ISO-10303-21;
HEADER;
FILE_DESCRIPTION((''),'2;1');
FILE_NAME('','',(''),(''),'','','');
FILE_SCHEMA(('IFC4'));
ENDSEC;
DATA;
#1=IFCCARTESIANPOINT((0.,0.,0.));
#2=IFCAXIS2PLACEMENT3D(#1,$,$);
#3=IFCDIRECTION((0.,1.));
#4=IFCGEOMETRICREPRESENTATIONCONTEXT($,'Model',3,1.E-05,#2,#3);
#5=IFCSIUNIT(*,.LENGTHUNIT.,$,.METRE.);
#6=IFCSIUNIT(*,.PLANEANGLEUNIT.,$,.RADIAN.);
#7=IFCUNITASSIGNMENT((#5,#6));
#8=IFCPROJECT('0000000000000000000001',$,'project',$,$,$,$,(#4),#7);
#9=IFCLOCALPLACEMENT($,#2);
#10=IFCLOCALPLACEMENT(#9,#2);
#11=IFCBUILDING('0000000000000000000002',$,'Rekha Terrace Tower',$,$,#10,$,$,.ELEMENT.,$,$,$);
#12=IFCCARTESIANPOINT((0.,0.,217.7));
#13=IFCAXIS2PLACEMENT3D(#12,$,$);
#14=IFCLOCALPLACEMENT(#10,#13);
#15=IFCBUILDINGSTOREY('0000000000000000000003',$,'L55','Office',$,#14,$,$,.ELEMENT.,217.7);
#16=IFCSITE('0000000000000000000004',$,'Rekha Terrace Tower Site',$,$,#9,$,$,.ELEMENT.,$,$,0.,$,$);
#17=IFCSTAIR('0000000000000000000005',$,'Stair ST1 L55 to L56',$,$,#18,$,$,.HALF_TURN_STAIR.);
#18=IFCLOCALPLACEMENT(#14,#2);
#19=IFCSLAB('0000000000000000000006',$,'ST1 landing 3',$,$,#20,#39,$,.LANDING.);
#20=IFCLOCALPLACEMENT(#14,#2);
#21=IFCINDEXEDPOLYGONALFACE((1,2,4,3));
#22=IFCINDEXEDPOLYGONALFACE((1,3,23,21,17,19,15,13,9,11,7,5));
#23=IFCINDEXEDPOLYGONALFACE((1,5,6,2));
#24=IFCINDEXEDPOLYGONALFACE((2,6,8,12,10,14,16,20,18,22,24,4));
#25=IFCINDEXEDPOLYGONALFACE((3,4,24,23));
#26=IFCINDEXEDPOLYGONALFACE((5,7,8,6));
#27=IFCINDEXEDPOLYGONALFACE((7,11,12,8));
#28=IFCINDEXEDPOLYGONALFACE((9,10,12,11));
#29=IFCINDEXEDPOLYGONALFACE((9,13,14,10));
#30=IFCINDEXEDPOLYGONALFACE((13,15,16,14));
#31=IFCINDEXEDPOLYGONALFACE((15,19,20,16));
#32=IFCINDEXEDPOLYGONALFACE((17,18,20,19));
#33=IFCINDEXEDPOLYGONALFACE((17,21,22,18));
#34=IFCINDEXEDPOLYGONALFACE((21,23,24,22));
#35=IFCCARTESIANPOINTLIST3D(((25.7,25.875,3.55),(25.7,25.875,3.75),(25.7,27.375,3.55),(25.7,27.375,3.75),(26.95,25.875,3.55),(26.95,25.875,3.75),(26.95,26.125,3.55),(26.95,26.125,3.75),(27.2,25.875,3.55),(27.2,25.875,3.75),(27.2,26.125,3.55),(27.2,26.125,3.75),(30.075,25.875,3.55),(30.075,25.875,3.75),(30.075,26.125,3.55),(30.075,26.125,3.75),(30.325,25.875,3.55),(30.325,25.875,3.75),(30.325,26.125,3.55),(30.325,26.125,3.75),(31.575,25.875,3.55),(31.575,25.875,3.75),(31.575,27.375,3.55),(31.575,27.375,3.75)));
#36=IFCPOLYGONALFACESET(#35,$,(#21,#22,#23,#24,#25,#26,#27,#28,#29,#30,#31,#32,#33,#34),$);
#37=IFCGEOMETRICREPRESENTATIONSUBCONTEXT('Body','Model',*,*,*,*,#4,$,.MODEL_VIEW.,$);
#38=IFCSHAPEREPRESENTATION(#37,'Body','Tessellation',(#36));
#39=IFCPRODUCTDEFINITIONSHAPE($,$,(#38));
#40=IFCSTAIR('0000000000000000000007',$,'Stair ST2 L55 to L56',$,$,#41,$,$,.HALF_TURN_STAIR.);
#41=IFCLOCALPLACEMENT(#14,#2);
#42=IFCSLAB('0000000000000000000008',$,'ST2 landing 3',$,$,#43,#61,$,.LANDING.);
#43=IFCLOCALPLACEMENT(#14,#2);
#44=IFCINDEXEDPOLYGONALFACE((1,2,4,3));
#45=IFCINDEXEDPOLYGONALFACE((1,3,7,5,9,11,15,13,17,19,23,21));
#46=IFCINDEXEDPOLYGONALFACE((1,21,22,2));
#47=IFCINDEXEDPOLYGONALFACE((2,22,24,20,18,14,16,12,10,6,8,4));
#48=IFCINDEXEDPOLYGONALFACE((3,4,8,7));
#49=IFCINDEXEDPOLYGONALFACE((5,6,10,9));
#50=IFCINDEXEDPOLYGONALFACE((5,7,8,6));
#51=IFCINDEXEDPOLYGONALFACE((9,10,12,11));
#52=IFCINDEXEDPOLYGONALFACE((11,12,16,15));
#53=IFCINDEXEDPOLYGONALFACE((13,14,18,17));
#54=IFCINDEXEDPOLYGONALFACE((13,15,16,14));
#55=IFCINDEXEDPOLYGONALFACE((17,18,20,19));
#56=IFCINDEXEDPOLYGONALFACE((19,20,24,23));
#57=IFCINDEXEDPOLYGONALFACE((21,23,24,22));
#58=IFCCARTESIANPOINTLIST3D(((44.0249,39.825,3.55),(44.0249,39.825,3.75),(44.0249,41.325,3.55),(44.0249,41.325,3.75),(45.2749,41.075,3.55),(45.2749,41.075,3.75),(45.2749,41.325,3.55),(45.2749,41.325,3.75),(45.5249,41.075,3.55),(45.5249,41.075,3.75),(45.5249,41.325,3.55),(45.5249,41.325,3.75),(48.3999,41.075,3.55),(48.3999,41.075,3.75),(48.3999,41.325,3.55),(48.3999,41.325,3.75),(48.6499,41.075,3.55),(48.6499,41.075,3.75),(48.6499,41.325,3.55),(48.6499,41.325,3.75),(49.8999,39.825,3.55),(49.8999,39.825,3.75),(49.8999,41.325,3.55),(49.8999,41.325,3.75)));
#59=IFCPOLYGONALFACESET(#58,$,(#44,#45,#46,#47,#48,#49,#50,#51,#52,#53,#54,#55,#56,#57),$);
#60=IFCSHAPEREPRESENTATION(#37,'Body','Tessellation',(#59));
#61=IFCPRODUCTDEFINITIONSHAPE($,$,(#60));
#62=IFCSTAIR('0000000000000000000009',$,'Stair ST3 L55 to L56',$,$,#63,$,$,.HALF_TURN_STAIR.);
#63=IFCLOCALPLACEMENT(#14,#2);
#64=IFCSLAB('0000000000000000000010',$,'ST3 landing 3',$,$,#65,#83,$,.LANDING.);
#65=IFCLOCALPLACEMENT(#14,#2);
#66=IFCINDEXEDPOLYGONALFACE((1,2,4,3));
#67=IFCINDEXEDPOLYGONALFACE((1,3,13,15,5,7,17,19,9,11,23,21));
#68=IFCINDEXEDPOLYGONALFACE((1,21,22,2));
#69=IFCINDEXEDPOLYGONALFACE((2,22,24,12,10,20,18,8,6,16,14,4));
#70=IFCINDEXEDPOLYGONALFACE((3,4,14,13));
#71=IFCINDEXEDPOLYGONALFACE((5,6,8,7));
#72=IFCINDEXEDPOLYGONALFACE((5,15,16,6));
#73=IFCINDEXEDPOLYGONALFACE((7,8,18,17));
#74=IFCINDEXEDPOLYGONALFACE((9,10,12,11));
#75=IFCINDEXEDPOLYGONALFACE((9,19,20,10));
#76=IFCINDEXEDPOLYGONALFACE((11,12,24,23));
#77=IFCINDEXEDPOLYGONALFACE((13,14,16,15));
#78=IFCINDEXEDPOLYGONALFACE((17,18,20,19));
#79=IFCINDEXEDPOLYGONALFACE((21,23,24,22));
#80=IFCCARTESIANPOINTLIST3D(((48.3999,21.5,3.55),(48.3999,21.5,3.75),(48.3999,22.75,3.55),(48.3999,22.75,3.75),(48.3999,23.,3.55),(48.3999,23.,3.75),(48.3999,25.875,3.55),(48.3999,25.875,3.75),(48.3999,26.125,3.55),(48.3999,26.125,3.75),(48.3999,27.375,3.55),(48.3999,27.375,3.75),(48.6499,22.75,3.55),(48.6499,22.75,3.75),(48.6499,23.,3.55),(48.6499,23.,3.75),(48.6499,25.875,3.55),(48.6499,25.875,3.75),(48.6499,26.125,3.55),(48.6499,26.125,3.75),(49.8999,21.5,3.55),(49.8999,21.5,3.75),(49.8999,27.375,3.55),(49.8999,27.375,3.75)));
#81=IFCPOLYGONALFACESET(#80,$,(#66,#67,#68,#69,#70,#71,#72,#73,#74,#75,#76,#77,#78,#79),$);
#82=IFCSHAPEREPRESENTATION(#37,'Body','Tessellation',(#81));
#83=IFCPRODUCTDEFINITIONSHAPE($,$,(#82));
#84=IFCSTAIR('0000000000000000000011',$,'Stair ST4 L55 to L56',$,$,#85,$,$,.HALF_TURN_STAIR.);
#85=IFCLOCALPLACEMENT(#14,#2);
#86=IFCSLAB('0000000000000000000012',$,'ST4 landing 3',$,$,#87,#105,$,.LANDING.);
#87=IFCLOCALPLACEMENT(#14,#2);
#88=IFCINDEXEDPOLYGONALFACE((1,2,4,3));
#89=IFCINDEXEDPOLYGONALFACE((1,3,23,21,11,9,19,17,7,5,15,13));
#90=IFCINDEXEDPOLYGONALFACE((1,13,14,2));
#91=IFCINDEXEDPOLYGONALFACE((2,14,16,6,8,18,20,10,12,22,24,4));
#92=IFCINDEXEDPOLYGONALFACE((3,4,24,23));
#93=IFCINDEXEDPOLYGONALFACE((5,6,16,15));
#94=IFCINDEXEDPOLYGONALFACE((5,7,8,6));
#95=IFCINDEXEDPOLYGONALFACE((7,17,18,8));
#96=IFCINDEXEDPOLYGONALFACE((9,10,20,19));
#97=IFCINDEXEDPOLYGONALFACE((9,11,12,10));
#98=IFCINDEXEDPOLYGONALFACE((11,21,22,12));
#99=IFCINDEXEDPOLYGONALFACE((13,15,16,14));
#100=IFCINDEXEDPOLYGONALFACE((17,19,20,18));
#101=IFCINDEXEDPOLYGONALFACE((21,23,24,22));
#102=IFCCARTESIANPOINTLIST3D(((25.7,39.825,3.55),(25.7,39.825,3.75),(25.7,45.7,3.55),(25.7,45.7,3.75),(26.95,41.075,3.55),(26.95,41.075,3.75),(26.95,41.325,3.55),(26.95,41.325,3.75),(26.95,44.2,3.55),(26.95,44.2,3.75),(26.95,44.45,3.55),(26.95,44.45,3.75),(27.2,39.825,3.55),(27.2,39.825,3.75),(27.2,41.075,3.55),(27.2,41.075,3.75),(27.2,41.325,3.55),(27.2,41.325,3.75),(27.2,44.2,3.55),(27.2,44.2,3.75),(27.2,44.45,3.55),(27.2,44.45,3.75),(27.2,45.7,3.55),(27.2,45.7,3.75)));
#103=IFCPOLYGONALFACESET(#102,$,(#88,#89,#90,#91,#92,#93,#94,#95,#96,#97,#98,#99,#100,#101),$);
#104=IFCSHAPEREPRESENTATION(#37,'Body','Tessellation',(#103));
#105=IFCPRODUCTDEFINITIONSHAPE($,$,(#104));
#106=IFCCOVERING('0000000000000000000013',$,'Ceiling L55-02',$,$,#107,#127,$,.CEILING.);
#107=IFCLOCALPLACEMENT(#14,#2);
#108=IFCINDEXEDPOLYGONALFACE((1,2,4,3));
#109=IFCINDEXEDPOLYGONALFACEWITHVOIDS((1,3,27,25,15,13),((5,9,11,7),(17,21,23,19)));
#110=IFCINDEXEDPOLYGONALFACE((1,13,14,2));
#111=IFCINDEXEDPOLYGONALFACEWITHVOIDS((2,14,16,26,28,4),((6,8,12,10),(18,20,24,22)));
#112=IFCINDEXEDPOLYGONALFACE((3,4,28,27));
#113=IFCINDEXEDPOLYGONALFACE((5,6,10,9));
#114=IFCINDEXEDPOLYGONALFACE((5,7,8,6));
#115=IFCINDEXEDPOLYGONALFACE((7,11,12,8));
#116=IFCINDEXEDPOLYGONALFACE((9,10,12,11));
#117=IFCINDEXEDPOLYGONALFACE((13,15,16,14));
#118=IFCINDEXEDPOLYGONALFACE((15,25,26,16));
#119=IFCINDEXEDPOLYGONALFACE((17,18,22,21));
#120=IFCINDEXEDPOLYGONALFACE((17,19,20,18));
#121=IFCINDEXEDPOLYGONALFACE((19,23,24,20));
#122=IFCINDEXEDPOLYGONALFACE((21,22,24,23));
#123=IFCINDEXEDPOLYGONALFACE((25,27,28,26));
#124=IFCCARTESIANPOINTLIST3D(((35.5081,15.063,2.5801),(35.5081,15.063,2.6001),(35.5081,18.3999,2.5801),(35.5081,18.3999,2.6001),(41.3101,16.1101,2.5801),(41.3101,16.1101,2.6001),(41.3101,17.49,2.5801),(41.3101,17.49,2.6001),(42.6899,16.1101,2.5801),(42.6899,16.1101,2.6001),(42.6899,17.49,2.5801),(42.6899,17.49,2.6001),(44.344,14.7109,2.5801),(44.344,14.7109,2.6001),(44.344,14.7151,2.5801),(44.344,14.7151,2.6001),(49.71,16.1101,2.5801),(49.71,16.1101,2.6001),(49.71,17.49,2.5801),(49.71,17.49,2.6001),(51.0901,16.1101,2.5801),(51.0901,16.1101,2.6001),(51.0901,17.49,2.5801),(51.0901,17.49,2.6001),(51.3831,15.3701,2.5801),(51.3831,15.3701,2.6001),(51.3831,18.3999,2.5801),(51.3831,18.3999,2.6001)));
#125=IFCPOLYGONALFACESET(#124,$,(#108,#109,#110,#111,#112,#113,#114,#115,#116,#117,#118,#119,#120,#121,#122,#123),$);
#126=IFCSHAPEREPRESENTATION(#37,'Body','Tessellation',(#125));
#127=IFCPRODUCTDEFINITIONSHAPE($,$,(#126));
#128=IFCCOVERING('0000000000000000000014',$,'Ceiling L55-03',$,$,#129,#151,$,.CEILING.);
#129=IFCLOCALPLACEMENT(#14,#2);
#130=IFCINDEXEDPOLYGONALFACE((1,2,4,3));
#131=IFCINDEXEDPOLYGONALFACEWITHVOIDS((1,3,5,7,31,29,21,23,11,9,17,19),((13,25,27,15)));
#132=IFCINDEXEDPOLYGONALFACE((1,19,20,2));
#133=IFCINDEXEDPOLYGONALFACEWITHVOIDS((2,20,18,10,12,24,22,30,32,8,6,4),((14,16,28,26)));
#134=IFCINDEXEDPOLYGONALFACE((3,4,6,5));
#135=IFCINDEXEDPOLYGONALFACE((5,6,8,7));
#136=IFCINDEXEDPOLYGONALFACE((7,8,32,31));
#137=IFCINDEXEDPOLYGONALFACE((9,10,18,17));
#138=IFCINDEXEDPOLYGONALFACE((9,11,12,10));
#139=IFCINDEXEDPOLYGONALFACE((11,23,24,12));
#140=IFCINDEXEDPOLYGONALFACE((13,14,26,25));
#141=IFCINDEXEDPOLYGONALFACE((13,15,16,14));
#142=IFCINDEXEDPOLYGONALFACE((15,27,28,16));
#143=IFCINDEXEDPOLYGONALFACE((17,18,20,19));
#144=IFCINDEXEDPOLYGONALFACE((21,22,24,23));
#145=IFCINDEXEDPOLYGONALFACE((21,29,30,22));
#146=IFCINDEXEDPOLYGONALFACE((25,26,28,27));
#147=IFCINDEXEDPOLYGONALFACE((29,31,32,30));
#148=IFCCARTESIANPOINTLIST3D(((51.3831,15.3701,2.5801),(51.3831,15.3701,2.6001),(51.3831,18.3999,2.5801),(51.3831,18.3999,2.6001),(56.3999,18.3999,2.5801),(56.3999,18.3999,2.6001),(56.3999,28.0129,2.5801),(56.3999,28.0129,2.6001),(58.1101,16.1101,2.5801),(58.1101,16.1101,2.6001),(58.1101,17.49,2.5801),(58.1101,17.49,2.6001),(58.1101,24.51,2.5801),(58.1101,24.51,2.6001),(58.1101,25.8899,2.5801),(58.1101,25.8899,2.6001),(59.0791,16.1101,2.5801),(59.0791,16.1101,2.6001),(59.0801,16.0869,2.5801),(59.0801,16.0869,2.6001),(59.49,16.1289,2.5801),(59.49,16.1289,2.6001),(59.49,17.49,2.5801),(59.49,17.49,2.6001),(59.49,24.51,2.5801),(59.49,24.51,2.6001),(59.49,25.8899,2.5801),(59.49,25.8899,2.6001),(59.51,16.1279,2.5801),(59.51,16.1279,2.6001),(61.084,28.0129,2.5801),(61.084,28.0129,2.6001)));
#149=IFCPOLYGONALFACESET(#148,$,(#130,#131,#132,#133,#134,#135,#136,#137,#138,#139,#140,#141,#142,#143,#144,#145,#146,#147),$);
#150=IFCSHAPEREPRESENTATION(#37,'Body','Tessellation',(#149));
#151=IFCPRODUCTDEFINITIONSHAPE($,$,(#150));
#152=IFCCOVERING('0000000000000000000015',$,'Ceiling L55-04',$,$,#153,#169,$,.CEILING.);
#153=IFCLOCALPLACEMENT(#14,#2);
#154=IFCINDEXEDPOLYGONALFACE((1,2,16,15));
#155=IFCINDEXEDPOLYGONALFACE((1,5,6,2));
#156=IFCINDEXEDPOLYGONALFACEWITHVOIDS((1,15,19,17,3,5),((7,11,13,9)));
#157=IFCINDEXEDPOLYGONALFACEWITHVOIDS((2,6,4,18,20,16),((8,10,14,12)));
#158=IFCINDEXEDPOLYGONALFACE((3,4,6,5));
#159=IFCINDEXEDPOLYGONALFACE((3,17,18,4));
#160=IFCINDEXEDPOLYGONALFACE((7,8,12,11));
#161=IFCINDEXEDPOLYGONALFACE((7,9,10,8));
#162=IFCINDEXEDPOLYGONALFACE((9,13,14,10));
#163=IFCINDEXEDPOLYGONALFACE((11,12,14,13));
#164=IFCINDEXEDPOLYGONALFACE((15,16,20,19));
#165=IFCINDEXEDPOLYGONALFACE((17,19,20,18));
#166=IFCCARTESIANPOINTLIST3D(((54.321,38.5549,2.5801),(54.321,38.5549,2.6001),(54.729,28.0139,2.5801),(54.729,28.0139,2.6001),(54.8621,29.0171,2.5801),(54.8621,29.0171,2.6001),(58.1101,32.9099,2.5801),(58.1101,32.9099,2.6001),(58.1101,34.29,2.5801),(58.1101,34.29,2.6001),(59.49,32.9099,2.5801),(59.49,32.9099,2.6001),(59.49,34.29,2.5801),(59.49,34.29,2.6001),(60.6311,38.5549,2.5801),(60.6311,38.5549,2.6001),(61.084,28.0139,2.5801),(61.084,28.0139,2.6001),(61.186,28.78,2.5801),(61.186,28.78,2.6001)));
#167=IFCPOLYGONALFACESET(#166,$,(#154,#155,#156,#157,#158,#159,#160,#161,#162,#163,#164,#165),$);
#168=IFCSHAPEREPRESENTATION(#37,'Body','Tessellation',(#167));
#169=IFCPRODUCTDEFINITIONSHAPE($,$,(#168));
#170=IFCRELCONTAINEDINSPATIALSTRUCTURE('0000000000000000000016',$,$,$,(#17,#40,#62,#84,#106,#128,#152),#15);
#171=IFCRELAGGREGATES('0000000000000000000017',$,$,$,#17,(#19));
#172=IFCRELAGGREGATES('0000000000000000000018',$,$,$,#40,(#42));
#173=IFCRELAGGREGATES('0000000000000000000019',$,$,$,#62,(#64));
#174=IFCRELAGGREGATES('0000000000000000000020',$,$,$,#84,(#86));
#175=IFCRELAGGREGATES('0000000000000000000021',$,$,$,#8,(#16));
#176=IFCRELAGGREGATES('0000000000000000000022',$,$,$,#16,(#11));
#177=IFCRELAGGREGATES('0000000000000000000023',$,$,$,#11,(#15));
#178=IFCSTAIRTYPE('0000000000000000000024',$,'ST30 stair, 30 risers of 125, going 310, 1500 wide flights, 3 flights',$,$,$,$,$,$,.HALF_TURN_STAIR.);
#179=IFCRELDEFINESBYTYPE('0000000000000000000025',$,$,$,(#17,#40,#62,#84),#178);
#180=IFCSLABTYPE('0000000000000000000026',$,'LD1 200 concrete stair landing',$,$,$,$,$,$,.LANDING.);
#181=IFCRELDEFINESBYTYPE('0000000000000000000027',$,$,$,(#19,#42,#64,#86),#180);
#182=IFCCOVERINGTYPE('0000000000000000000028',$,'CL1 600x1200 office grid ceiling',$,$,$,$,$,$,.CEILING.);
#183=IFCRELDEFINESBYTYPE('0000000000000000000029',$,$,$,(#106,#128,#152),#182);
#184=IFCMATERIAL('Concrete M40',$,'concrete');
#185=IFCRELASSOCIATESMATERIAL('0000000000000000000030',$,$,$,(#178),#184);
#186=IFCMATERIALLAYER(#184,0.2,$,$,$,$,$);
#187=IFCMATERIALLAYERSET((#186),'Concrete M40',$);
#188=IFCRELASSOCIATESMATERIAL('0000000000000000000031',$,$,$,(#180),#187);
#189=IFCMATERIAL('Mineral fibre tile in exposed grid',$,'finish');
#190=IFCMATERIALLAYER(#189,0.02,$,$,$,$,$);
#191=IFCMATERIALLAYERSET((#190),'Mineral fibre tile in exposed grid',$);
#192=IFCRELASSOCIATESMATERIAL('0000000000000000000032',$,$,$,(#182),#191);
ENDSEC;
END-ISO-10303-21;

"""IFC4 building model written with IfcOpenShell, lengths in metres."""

from ifc_helpers import new_model, si_unit, direction, frame, origin, place, context, subcontext, project, spatial, polyline, outline, extrude, material, layer, layer_set, type_object, element, aggregate, save


model = new_model("IFC4")

# Units and contexts
model_context = context("Model", 3, precision=1e-05, world=origin(), true_north=direction((0.0, 1.0)))
body_context = subcontext(model_context, "Body", "Model", "MODEL_VIEW")
ifc_project = project(units=[si_unit("LENGTHUNIT", "METRE"), si_unit("PLANEANGLEUNIT", "RADIAN")], contexts=[model_context])

# Site, building, storey
site_placement = place(None, origin())
site = spatial("IfcSite", under=ifc_project, at=site_placement, Name="Rekha Terrace Tower Site", CompositionType="ELEMENT", RefElevation=0.0)
building_placement = place(site_placement, origin())
building = spatial("IfcBuilding", under=site, at=building_placement, Name="Rekha Terrace Tower", CompositionType="ELEMENT")
storey_placement = place(building_placement, frame((0.0, 0.0, 217.7)))
storey = spatial("IfcBuildingStorey", under=building, at=storey_placement, Name="L55", Description="Office", CompositionType="ELEMENT", Elevation=217.7)

# Stairs, slabs
ifc_material_1 = material(Name="Concrete M40", Category="concrete")
stair_type = type_object("IfcStairType", Name="ST30 stair, 30 risers of 125, going 310, 1500 wide flights, 3 flights", PredefinedType="HALF_TURN_STAIR", material=ifc_material_1)
stair_1_placement = place(storey_placement, origin())
stair_1 = element("IfcStair", 1, at=stair_1_placement, inside=storey, type_object=stair_type, Name="Stair ST1 L55 to L56", PredefinedType="HALF_TURN_STAIR")
ifc_layer_1 = layer(ifc_material_1, 0.2)
ifc_layer_set_1 = layer_set([ifc_layer_1], Name="Concrete M40")
slab_type = type_object("IfcSlabType", Name="LD1 200 concrete stair landing", PredefinedType="LANDING", material=ifc_layer_set_1)
slab_1_placement = place(storey_placement, frame((0.0, 0.0, 3.55)))
slab_1 = element("IfcSlab", 2, at=slab_1_placement, type_object=slab_type, Name="ST1 landing 3", PredefinedType="LANDING", context=body_context, shape_type="SweptSolid", body=[
    extrude(outline(polyline([(31.575, 25.875), (31.575, 27.375), (25.7, 27.375), (25.7, 25.875), (26.95, 25.875), (26.95, 26.125), (27.2, 26.125), (27.2, 25.875), (30.075, 25.875), (30.075, 26.125), (30.325, 26.125), (30.325, 25.875), (31.575, 25.875)])), origin(), (0.0, 0.0, 1.0), 0.2),
])
aggregate(stair_1, [slab_1])
stair_2_placement = place(storey_placement, origin())
stair_2 = element("IfcStair", 3, at=stair_2_placement, inside=storey, type_object=stair_type, Name="Stair ST2 L55 to L56", PredefinedType="HALF_TURN_STAIR")
slab_2_placement = place(storey_placement, frame((0.0, 0.0, 3.55)))
slab_2 = element("IfcSlab", 4, at=slab_2_placement, type_object=slab_type, Name="ST2 landing 3", PredefinedType="LANDING", context=body_context, shape_type="SweptSolid", body=[
    extrude(outline(polyline([(44.0249, 41.325), (44.0249, 39.825), (49.8999, 39.825), (49.8999, 41.325), (48.6499, 41.325), (48.6499, 41.075), (48.3999, 41.075), (48.3999, 41.325), (45.5249, 41.325), (45.5249, 41.075), (45.2749, 41.075), (45.2749, 41.325), (44.0249, 41.325)])), origin(), (0.0, 0.0, 1.0), 0.2),
])
aggregate(stair_2, [slab_2])
stair_3_placement = place(storey_placement, origin())
stair_3 = element("IfcStair", 5, at=stair_3_placement, inside=storey, type_object=stair_type, Name="Stair ST3 L55 to L56", PredefinedType="HALF_TURN_STAIR")
slab_3_placement = place(storey_placement, frame((0.0, 0.0, 3.55)))
slab_3 = element("IfcSlab", 6, at=slab_3_placement, type_object=slab_type, Name="ST3 landing 3", PredefinedType="LANDING", context=body_context, shape_type="SweptSolid", body=[
    extrude(outline(polyline([(48.3999, 21.5), (49.8999, 21.5), (49.8999, 27.375), (48.3999, 27.375), (48.3999, 26.125), (48.6499, 26.125), (48.6499, 25.875), (48.3999, 25.875), (48.3999, 23.0), (48.6499, 23.0), (48.6499, 22.75), (48.3999, 22.75), (48.3999, 21.5)])), origin(), (0.0, 0.0, 1.0), 0.2),
])
aggregate(stair_3, [slab_3])
stair_4_placement = place(storey_placement, origin())
stair_4 = element("IfcStair", 7, at=stair_4_placement, inside=storey, type_object=stair_type, Name="Stair ST4 L55 to L56", PredefinedType="HALF_TURN_STAIR")
slab_4_placement = place(storey_placement, frame((0.0, 0.0, 3.55)))
slab_4 = element("IfcSlab", 8, at=slab_4_placement, type_object=slab_type, Name="ST4 landing 3", PredefinedType="LANDING", context=body_context, shape_type="SweptSolid", body=[
    extrude(outline(polyline([(27.2, 39.825), (25.7, 39.825), (25.7, 45.7), (27.2, 45.7), (27.2, 44.45), (26.95, 44.45), (26.95, 44.2), (27.2, 44.2), (27.2, 41.325), (26.95, 41.325), (26.95, 41.075), (27.2, 41.075), (27.2, 39.825)])), origin(), (0.0, 0.0, 1.0), 0.2),
])
aggregate(stair_4, [slab_4])

# Coverings
ifc_material_2 = material(Name="Mineral fibre tile in exposed grid", Category="finish")
ifc_layer_2 = layer(ifc_material_2, 0.02)
ifc_layer_set_2 = layer_set([ifc_layer_2], Name="Mineral fibre tile in exposed grid")
covering_type_1 = type_object("IfcCoveringType", Name="CL1 600x1200 office grid ceiling", PredefinedType="CEILING", material=ifc_layer_set_2)
covering_1_placement = place(storey_placement, frame((0.0, 0.0, 2.5801)))
element("IfcCovering", 9, at=covering_1_placement, inside=storey, type_object=covering_type_1, Name="Ceiling L55-02", PredefinedType="CEILING", context=body_context, shape_type="SweptSolid", body=[
    extrude(outline(polyline([(35.5081, 15.063), (44.344, 14.7109), (44.344, 14.7151), (51.3831, 15.3701), (51.3831, 18.3999), (35.5081, 18.3999), (35.5081, 15.063)]), holes=[polyline([(51.0901, 16.1101), (49.71, 16.1101), (49.71, 17.49), (51.0901, 17.49), (51.0901, 16.1101)]), polyline([(42.6899, 17.49), (42.6899, 16.1101), (41.3101, 16.1101), (41.3101, 17.49), (42.6899, 17.49)])]), origin(), (0.0, 0.0, 1.0), 0.02),
])
covering_2_placement = place(storey_placement, frame((0.0, 0.0, 2.5801)))
element("IfcCovering", 10, at=covering_2_placement, inside=storey, type_object=covering_type_1, Name="Ceiling L55-03", PredefinedType="CEILING", context=body_context, shape_type="SweptSolid", body=[
    extrude(outline(polyline([(59.49, 16.1289), (59.51, 16.1279), (61.084, 28.0129), (56.3999, 28.0129), (56.3999, 18.3999), (51.3831, 18.3999), (51.3831, 15.3701), (59.0801, 16.0869), (59.0791, 16.1101), (58.1101, 16.1101), (58.1101, 17.49), (59.49, 17.49), (59.49, 16.1289)]), holes=[polyline([(59.49, 24.51), (58.1101, 24.51), (58.1101, 25.8899), (59.49, 25.8899), (59.49, 24.51)])]), origin(), (0.0, 0.0, 1.0), 0.02),
])
covering_3_placement = place(storey_placement, frame((0.0, 0.0, 2.5801)))
element("IfcCovering", 11, at=covering_3_placement, inside=storey, type_object=covering_type_1, Name="Ceiling L55-04", PredefinedType="CEILING", context=body_context, shape_type="SweptSolid", body=[
    extrude(outline(polyline([(54.8621, 29.0171), (54.729, 28.0139), (61.084, 28.0139), (61.186, 28.78), (60.6311, 38.5549), (54.321, 38.5549), (54.8621, 29.0171)]), holes=[polyline([(59.49, 34.29), (59.49, 32.9099), (58.1101, 32.9099), (58.1101, 34.29), (59.49, 34.29)])]), origin(), (0.0, 0.0, 1.0), 0.02),
])

save(model, "model.ifc")
